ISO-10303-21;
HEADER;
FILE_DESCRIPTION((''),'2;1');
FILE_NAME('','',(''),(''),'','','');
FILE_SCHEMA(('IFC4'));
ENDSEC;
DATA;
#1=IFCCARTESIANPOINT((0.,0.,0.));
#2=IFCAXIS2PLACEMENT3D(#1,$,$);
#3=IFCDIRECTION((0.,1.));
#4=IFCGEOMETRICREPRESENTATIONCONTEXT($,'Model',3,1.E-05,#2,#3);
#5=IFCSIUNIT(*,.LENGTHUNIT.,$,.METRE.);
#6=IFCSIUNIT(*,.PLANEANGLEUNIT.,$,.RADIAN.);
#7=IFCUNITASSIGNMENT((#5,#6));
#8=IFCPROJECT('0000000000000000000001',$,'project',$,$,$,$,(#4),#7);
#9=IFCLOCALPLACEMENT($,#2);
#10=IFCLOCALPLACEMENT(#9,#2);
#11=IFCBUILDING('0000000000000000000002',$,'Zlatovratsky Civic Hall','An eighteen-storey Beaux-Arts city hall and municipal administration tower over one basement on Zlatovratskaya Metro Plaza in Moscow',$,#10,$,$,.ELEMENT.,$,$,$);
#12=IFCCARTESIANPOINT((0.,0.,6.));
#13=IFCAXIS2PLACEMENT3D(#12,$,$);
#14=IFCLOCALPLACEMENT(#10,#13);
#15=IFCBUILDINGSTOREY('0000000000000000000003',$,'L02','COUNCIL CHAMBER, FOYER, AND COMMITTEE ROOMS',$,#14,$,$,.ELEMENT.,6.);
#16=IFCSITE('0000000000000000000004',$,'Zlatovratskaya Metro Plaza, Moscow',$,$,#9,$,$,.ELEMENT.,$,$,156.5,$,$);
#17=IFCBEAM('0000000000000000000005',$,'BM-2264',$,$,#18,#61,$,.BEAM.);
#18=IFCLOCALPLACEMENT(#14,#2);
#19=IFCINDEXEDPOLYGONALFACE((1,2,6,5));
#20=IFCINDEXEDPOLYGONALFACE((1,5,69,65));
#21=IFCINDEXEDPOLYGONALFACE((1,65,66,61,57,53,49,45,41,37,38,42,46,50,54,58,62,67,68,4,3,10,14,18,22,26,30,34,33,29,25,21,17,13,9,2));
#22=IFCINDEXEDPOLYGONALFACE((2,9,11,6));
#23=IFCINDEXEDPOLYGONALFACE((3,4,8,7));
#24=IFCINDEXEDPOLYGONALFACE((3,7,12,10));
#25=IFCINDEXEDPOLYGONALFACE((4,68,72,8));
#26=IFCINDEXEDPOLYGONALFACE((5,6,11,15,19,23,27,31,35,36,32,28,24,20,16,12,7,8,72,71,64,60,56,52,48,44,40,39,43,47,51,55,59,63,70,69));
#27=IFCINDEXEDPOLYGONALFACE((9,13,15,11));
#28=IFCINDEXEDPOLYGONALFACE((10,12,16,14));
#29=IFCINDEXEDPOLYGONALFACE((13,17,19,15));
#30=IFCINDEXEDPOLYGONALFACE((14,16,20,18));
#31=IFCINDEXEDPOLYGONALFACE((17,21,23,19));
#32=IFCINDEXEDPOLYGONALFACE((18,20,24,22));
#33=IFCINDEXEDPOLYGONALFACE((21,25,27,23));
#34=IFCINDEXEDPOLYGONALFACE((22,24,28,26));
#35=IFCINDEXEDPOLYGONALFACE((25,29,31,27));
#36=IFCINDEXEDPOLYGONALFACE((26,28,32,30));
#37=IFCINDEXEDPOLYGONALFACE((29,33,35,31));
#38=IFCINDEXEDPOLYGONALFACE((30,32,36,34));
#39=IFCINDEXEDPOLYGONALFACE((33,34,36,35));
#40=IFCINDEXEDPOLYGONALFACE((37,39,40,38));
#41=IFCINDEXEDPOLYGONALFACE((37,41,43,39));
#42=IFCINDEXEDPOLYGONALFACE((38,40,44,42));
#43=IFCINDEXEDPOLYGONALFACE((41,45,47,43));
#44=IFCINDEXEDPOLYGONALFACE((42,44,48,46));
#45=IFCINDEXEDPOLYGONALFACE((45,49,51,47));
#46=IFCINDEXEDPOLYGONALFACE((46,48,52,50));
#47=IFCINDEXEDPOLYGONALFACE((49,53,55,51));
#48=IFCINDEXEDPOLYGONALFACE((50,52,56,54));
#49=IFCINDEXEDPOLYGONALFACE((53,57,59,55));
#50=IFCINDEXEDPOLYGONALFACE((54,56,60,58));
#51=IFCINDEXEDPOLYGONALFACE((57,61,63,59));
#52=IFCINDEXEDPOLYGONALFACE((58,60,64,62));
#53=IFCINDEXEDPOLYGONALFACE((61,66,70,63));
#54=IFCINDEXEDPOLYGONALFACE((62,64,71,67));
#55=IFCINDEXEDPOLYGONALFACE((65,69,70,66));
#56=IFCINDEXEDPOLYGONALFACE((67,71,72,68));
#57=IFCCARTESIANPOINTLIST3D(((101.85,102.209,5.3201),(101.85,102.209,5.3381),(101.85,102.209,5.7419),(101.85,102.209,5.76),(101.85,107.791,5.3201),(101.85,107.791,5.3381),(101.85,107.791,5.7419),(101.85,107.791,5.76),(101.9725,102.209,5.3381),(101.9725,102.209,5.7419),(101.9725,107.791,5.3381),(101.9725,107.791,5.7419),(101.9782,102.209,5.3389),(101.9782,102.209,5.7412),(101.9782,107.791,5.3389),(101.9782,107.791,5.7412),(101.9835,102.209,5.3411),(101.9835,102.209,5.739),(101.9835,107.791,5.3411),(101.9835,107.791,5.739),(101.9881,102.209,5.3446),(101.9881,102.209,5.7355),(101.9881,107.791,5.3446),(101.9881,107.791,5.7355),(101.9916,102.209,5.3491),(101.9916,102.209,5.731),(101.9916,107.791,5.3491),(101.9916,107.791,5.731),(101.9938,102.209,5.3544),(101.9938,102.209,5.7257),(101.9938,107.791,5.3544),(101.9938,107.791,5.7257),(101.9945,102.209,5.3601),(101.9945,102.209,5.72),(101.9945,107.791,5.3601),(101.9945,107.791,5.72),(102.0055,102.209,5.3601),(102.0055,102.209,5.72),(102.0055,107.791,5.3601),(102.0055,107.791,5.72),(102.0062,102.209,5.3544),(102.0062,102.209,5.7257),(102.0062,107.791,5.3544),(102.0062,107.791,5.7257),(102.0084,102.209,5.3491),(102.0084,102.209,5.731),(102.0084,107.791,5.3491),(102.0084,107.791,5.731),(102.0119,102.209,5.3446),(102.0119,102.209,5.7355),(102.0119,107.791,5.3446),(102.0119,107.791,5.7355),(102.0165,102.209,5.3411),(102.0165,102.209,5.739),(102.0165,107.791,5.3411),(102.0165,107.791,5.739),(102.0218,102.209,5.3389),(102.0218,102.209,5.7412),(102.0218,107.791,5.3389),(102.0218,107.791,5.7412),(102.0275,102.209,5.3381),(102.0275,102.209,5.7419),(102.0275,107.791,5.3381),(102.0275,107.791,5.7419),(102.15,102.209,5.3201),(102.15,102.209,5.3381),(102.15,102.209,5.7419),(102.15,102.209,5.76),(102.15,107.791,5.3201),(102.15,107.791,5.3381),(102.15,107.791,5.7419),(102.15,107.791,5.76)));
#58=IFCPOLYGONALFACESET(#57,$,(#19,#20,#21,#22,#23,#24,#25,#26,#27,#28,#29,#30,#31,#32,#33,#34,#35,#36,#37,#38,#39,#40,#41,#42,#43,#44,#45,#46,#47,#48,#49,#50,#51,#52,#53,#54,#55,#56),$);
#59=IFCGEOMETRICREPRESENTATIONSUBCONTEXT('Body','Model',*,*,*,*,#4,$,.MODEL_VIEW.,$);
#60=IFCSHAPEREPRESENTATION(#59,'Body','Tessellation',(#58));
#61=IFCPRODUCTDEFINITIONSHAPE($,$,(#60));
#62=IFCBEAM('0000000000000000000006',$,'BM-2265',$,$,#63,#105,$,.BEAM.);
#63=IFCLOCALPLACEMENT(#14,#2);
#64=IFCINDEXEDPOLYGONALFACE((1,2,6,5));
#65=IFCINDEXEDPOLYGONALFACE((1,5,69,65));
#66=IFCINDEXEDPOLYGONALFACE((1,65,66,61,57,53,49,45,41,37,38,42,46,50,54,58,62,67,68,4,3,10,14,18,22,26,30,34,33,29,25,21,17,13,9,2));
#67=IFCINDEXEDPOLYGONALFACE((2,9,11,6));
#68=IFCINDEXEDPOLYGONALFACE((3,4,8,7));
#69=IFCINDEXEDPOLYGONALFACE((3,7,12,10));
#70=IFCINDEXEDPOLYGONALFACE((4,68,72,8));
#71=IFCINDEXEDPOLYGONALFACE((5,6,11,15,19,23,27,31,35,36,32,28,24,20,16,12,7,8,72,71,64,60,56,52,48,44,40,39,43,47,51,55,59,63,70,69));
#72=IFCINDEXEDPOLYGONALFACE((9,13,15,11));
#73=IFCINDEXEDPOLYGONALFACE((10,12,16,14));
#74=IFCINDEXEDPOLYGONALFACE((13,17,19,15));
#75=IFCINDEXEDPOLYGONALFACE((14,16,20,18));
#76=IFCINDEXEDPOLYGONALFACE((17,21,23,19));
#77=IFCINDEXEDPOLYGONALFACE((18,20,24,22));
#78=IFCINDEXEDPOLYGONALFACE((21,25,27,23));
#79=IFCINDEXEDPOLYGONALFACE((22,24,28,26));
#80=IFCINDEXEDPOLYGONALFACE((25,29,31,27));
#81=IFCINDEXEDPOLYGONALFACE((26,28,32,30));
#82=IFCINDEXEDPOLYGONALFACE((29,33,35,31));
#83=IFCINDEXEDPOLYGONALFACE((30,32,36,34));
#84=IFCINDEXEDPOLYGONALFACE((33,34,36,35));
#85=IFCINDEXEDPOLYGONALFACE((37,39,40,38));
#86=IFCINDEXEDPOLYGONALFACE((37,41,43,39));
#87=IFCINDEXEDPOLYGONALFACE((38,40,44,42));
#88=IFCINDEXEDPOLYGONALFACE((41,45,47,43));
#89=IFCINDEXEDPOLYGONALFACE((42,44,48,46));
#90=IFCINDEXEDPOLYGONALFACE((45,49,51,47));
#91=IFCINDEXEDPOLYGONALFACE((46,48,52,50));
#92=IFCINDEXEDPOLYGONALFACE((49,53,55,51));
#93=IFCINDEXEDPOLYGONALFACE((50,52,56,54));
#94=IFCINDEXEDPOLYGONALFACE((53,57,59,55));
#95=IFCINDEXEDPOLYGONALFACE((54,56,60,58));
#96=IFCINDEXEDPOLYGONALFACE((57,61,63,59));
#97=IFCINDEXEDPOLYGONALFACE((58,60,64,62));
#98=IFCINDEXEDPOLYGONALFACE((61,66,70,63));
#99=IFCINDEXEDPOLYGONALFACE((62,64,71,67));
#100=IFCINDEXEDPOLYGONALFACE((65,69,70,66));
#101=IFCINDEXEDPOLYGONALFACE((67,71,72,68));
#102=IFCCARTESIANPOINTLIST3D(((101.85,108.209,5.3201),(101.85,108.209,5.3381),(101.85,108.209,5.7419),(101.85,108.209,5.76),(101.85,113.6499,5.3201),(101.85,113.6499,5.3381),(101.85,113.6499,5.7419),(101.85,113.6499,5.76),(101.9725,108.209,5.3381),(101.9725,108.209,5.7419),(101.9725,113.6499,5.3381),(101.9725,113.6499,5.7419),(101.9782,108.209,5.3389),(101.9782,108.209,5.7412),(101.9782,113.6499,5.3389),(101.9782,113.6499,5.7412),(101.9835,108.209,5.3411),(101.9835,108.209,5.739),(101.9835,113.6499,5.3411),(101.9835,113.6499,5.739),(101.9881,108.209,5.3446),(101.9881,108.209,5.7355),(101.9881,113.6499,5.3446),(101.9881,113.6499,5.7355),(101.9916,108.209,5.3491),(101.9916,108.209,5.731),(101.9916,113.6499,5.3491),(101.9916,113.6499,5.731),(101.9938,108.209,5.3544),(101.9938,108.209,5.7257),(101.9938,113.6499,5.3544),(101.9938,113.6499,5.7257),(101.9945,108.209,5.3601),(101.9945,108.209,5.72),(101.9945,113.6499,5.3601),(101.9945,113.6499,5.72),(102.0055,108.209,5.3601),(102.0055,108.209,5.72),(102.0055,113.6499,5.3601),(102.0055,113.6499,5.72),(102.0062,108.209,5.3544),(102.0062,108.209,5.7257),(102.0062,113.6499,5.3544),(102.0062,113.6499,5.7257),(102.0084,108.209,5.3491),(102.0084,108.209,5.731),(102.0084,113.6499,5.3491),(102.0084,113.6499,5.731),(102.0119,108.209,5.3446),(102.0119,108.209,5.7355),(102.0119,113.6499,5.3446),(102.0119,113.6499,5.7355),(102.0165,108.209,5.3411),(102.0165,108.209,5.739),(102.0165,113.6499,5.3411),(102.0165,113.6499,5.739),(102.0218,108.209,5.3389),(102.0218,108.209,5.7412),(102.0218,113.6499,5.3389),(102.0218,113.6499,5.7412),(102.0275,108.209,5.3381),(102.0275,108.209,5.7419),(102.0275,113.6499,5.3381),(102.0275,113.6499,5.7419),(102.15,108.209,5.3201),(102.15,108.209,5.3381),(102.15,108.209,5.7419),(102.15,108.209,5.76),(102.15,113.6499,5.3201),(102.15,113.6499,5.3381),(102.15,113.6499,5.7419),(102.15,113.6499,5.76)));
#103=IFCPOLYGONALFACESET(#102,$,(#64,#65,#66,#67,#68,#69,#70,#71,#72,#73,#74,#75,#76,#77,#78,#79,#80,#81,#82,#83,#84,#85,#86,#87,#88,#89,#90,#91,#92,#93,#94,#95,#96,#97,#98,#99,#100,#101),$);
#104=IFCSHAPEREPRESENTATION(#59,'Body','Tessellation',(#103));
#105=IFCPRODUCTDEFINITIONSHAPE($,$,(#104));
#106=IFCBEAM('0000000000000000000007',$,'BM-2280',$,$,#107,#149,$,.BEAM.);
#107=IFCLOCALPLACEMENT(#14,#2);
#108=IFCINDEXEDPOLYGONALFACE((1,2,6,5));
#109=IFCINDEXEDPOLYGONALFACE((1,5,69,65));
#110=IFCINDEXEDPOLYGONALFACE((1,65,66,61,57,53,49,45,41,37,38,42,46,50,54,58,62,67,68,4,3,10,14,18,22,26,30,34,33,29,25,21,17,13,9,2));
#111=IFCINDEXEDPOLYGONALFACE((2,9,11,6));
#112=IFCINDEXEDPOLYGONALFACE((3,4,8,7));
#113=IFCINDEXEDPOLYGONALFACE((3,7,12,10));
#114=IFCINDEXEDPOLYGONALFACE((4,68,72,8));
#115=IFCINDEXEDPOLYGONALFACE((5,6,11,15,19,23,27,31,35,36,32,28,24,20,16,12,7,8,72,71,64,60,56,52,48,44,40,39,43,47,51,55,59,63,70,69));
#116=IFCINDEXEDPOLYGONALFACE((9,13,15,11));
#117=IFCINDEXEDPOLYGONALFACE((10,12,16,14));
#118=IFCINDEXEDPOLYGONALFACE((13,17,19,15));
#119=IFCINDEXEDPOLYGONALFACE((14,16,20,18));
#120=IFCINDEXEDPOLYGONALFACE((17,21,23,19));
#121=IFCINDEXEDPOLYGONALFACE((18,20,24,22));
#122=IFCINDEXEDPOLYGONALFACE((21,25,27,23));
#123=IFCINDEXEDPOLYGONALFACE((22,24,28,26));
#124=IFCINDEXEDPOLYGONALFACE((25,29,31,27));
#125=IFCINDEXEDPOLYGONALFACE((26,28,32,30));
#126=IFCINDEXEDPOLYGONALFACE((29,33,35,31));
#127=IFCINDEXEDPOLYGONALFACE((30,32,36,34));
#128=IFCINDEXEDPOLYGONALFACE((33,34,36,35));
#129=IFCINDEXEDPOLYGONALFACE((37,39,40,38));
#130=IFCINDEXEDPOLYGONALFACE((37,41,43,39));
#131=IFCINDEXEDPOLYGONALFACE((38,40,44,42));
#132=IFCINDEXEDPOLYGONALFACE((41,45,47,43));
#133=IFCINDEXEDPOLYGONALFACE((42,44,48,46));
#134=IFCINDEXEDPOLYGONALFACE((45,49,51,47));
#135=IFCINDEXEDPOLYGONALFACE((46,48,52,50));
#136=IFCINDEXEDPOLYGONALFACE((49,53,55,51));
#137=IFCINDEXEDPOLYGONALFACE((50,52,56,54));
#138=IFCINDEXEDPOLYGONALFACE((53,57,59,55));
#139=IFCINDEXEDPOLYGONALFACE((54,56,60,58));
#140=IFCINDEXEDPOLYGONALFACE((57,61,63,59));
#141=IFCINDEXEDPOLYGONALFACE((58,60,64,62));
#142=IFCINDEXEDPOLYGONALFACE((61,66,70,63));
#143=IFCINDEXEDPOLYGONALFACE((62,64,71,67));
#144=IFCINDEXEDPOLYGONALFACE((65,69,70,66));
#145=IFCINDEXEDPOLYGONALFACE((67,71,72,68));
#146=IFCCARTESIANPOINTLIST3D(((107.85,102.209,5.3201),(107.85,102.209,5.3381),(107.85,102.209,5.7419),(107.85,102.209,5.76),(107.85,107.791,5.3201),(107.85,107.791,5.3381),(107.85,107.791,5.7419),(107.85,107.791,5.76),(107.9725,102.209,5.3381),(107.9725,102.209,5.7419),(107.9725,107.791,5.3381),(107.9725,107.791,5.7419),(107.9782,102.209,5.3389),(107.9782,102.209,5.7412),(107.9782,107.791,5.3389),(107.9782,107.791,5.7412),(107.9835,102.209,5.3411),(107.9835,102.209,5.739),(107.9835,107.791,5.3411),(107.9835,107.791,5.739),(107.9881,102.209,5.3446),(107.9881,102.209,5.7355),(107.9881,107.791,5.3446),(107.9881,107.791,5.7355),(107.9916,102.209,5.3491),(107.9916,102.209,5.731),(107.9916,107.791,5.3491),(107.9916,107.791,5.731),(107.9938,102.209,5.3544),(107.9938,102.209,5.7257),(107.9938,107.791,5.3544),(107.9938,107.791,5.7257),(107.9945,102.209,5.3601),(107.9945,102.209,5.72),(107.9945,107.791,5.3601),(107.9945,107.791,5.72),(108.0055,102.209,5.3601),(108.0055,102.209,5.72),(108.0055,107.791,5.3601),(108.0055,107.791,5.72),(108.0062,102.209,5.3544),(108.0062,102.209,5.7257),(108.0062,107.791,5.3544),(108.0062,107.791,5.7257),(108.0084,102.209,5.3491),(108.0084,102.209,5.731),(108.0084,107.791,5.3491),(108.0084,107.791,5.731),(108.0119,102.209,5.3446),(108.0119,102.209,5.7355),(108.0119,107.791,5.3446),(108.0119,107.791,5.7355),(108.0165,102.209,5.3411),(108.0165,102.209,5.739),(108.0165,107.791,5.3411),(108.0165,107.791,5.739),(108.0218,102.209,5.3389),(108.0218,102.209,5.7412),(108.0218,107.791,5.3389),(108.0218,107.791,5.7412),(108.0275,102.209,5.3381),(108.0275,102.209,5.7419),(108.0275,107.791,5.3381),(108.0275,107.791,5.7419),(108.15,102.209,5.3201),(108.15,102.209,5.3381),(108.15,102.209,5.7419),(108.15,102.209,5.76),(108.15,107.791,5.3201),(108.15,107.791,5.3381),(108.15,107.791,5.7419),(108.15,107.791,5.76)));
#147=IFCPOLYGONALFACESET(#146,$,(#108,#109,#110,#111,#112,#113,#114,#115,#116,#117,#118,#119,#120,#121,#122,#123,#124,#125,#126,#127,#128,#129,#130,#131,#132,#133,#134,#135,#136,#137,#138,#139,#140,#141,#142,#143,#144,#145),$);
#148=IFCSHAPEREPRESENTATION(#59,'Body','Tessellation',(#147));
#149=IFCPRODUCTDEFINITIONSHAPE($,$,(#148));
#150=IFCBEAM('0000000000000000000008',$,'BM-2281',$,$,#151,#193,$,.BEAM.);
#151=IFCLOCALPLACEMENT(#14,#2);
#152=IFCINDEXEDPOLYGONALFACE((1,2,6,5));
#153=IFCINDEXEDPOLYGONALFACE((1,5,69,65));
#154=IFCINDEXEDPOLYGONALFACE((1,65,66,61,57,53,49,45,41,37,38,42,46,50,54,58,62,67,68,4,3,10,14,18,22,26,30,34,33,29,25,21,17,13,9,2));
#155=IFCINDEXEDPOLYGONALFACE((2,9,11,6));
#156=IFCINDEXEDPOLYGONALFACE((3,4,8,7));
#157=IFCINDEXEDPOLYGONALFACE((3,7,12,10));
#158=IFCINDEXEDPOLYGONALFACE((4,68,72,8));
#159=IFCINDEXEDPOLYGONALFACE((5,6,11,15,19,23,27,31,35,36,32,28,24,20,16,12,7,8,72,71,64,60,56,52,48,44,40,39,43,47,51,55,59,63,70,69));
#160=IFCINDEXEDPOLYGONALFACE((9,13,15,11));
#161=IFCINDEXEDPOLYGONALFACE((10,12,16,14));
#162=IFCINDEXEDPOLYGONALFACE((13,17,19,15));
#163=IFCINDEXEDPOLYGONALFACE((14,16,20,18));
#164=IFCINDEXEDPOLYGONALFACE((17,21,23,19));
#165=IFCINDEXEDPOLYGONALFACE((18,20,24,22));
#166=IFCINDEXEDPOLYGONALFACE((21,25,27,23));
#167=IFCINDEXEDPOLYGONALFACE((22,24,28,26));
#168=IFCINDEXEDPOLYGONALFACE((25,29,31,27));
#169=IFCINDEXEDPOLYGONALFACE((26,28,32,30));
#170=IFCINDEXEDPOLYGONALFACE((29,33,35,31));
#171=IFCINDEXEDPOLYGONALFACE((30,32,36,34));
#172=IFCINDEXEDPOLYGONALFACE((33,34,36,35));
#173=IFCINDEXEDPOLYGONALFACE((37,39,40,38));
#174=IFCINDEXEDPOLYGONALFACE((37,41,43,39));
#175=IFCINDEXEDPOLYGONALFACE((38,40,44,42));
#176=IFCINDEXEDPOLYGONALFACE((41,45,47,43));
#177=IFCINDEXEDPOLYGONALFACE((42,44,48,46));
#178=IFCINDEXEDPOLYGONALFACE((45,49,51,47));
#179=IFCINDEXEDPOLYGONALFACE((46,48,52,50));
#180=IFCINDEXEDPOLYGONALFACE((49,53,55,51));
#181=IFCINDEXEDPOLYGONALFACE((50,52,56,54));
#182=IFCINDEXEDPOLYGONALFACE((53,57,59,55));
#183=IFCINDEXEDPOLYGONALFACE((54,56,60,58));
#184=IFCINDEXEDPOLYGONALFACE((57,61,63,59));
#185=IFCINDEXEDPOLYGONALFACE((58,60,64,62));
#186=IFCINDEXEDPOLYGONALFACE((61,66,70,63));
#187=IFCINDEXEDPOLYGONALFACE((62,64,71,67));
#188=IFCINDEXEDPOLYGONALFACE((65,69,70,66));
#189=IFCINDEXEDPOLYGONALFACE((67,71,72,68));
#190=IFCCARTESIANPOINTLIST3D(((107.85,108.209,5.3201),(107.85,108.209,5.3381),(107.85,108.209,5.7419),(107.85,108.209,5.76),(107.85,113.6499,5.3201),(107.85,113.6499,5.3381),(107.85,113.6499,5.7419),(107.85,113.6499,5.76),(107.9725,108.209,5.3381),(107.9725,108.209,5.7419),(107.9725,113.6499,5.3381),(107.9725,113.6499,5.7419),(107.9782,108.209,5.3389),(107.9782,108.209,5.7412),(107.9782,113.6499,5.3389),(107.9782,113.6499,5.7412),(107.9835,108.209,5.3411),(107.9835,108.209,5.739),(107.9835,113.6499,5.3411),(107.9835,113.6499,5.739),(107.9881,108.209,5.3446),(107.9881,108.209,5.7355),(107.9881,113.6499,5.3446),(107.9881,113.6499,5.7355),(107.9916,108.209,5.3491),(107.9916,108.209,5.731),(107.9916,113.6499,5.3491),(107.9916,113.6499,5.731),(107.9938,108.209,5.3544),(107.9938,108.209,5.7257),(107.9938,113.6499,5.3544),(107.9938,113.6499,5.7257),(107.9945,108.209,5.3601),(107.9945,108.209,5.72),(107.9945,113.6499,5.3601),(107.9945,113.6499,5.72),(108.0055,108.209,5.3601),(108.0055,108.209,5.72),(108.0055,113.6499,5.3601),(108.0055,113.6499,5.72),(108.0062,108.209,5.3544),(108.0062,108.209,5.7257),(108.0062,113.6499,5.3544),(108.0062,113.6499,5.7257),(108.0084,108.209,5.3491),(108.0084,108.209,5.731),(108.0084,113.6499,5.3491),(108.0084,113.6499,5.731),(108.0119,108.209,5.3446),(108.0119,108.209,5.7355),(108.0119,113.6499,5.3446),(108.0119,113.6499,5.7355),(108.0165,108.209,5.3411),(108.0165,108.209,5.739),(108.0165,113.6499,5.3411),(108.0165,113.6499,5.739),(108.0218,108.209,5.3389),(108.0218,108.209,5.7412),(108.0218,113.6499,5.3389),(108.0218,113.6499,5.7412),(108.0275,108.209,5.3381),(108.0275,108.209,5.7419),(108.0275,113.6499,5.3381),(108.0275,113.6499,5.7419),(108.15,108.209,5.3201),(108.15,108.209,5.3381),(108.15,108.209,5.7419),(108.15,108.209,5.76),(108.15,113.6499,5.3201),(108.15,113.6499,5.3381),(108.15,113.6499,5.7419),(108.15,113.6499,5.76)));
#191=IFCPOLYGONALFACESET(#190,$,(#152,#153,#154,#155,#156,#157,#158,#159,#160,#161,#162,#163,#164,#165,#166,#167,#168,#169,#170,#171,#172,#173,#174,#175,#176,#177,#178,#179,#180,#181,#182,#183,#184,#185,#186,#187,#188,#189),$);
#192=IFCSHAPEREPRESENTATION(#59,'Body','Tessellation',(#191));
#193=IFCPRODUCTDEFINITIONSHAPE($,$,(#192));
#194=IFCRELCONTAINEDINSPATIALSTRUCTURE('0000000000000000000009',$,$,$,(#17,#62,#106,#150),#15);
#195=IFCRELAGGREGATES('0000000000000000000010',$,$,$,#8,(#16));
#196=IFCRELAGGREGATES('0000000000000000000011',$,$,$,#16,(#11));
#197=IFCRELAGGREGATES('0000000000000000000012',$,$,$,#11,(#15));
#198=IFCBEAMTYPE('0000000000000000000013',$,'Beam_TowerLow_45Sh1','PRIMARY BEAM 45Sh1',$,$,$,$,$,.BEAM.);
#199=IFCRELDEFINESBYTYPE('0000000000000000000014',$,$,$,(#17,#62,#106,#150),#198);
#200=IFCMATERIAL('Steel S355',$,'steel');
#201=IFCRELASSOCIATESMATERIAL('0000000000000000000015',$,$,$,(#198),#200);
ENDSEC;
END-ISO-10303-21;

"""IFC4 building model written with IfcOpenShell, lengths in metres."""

from ifc_helpers import new_model, si_unit, direction, frame, origin, origin_2d, place, context, subcontext, project, spatial, i_section, extrude, material, material_profile, profile_set, type_object, element, save


model = new_model("IFC4")

# Units and contexts
model_context = context("Model", 3, precision=1e-05, world=origin(), true_north=direction((0.0, 1.0)))
body_context = subcontext(model_context, "Body", "Model", "MODEL_VIEW")
ifc_project = project(units=[si_unit("LENGTHUNIT", "METRE"), si_unit("PLANEANGLEUNIT", "RADIAN")], contexts=[model_context])

# Site, building, storey
site_placement = place(None, origin())
site = spatial("IfcSite", under=ifc_project, at=site_placement, Name="Zlatovratskaya Metro Plaza, Moscow", CompositionType="ELEMENT", RefElevation=156.5)
building_placement = place(site_placement, origin())
building = spatial("IfcBuilding", under=site, at=building_placement, Name="Zlatovratsky Civic Hall", Description="An eighteen-storey Beaux-Arts city hall and municipal administration tower over one basement on Zlatovratskaya Metro Plaza in Moscow", CompositionType="ELEMENT")
storey_placement = place(building_placement, frame((0.0, 0.0, 6.0)))
storey = spatial("IfcBuildingStorey", under=building, at=storey_placement, Name="L02", Description="COUNCIL CHAMBER, FOYER, AND COMMITTEE ROOMS", CompositionType="ELEMENT", Elevation=6.0)

# Shared definitions
ifc_material_1 = material(Name="Steel S355", Category="steel")

# Beams
ifc_material_profile_1 = material_profile(ifc_material_1, i_section(OverallWidth=0.3, OverallDepth=0.4399, WebThickness=0.011, FlangeThickness=0.0181, FilletRadius=0.022, at=origin_2d()), Name="45Sh1")
ifc_profile_set_1 = profile_set([ifc_material_profile_1], Name="Steel S355")
beam_type_1 = type_object("IfcBeamType", Name="Beam_TowerLow_45Sh1", Description="PRIMARY BEAM 45Sh1", PredefinedType="BEAM", material=ifc_profile_set_1)
beam_1_placement = place(storey_placement, frame((102.0, 102.209, 5.54), z_axis=(0.0, 1.0, 0.0), x_axis=(-1.0, 0.0, 0.0)))
element("IfcBeam", 1, at=beam_1_placement, inside=storey, type_object=beam_type_1, Name="BM-2264", PredefinedType="BEAM", context=body_context, shape_type="SweptSolid", body=[
    extrude(i_section(OverallWidth=0.3, OverallDepth=0.4399, WebThickness=0.011, FlangeThickness=0.0181, FilletRadius=0.022, at=origin_2d()), origin(), (0.0, 0.0, 1.0), 5.582),
])
beam_2_placement = place(storey_placement, frame((102.0, 108.209, 5.54), z_axis=(0.0, 1.0, 0.0), x_axis=(-1.0, 0.0, 0.0)))
element("IfcBeam", 2, at=beam_2_placement, inside=storey, type_object=beam_type_1, Name="BM-2265", PredefinedType="BEAM", context=body_context, shape_type="SweptSolid", body=[
    extrude(i_section(OverallWidth=0.3, OverallDepth=0.4399, WebThickness=0.011, FlangeThickness=0.0181, FilletRadius=0.022, at=origin_2d()), origin(), (0.0, 0.0, 1.0), 5.4409),
])
beam_3_placement = place(storey_placement, frame((108.0, 102.209, 5.54), z_axis=(0.0, 1.0, 0.0), x_axis=(-1.0, 0.0, 0.0)))
element("IfcBeam", 3, at=beam_3_placement, inside=storey, type_object=beam_type_1, Name="BM-2280", PredefinedType="BEAM", context=body_context, shape_type="SweptSolid", body=[
    extrude(i_section(OverallWidth=0.3, OverallDepth=0.4399, WebThickness=0.011, FlangeThickness=0.0181, FilletRadius=0.022, at=origin_2d()), origin(), (0.0, 0.0, 1.0), 5.582),
])
beam_4_placement = place(storey_placement, frame((108.0, 108.209, 5.54), z_axis=(0.0, 1.0, 0.0), x_axis=(-1.0, 0.0, 0.0)))
element("IfcBeam", 4, at=beam_4_placement, inside=storey, type_object=beam_type_1, Name="BM-2281", PredefinedType="BEAM", context=body_context, shape_type="SweptSolid", body=[
    extrude(i_section(OverallWidth=0.3, OverallDepth=0.4399, WebThickness=0.011, FlangeThickness=0.0181, FilletRadius=0.022, at=origin_2d()), origin(), (0.0, 0.0, 1.0), 5.4409),
])

save(model, "model.ifc")
